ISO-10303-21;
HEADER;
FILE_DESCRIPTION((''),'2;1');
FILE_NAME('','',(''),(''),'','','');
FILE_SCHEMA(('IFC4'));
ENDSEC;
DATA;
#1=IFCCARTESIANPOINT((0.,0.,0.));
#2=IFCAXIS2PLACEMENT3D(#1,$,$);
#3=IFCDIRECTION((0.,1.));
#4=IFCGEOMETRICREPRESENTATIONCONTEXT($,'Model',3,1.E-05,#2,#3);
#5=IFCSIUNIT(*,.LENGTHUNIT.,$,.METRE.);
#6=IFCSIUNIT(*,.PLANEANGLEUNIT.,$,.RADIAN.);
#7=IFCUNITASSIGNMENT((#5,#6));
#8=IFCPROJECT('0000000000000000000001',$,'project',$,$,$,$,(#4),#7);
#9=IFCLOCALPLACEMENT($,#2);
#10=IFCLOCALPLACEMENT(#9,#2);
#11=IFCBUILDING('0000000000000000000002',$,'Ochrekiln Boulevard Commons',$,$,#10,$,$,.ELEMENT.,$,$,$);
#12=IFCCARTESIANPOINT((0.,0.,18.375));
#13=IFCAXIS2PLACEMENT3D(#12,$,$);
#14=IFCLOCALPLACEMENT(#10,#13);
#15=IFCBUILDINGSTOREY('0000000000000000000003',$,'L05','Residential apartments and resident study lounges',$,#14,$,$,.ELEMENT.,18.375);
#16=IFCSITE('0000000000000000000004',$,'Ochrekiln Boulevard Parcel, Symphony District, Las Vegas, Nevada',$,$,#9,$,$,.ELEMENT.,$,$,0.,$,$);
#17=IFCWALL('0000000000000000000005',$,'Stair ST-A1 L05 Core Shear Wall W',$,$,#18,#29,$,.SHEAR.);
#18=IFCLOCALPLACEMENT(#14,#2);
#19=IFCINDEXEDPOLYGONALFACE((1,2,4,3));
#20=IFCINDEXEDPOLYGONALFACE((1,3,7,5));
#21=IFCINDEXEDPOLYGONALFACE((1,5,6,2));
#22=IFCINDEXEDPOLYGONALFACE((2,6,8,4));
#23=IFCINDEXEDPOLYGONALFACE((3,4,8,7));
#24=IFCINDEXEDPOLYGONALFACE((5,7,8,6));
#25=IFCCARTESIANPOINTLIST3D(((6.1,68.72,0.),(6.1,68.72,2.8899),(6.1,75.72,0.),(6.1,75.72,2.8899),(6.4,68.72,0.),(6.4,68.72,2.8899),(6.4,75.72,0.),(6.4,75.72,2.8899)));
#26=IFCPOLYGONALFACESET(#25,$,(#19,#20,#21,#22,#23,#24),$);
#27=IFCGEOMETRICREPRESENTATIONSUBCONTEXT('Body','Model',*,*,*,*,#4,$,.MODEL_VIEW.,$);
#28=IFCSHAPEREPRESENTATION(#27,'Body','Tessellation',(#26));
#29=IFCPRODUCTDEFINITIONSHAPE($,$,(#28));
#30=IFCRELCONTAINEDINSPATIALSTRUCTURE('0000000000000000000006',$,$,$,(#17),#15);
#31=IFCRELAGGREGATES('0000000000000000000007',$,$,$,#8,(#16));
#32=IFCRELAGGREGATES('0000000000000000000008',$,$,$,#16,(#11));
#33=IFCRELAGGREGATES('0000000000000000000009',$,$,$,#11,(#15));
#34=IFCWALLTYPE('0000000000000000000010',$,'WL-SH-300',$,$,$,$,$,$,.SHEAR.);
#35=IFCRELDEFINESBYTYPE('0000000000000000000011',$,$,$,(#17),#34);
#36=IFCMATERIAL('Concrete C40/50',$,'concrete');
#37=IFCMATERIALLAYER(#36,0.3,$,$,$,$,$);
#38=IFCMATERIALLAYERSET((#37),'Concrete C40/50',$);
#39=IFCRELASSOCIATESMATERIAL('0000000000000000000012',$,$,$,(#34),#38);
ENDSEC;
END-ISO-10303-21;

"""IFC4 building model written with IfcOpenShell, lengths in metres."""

from ifc_helpers import new_model, si_unit, direction, frame, frame_2d, origin, place, context, subcontext, project, spatial, rectangle, extrude, material, layer, layer_set, type_object, element, save


model = new_model("IFC4")

# Units and contexts
model_context = context("Model", 3, precision=1e-05, world=origin(), true_north=direction((0.0, 1.0)))
body_context = subcontext(model_context, "Body", "Model", "MODEL_VIEW")
ifc_project = project(units=[si_unit("LENGTHUNIT", "METRE"), si_unit("PLANEANGLEUNIT", "RADIAN")], contexts=[model_context])

# Site, building, storey
site_placement = place(None, origin())
site = spatial("IfcSite", under=ifc_project, at=site_placement, Name="Ochrekiln Boulevard Parcel, Symphony District, Las Vegas, Nevada", CompositionType="ELEMENT", RefElevation=0.0)
building_placement = place(site_placement, origin())
building = spatial("IfcBuilding", under=site, at=building_placement, Name="Ochrekiln Boulevard Commons", CompositionType="ELEMENT")
storey_placement = place(building_placement, frame((0.0, 0.0, 18.375)))
storey = spatial("IfcBuildingStorey", under=building, at=storey_placement, Name="L05", Description="Residential apartments and resident study lounges", CompositionType="ELEMENT", Elevation=18.375)

# Shared definitions
ifc_material_1 = material(Name="Concrete C40/50", Category="concrete")

# Wall
ifc_layer_1 = layer(ifc_material_1, 0.3)
ifc_layer_set_1 = layer_set([ifc_layer_1], Name="Concrete C40/50")
wall_type_1 = type_object("IfcWallType", Name="WL-SH-300", PredefinedType="SHEAR", material=ifc_layer_set_1)
wall_1_placement = place(storey_placement, frame((6.25, 68.72, 0.0), z_axis=(0.0, 0.0, 1.0), x_axis=(0.0, 1.0, 0.0)))
element("IfcWall", 1, at=wall_1_placement, inside=storey, type_object=wall_type_1, Name="Stair ST-A1 L05 Core Shear Wall W", PredefinedType="SHEAR", context=body_context, shape_type="SweptSolid", body=[
    extrude(rectangle(XDim=7.0, YDim=0.3, at=frame_2d((3.5, 0.0))), origin(), (0.0, 0.0, 1.0), 2.8899),
])

save(model, "model.ifc")
